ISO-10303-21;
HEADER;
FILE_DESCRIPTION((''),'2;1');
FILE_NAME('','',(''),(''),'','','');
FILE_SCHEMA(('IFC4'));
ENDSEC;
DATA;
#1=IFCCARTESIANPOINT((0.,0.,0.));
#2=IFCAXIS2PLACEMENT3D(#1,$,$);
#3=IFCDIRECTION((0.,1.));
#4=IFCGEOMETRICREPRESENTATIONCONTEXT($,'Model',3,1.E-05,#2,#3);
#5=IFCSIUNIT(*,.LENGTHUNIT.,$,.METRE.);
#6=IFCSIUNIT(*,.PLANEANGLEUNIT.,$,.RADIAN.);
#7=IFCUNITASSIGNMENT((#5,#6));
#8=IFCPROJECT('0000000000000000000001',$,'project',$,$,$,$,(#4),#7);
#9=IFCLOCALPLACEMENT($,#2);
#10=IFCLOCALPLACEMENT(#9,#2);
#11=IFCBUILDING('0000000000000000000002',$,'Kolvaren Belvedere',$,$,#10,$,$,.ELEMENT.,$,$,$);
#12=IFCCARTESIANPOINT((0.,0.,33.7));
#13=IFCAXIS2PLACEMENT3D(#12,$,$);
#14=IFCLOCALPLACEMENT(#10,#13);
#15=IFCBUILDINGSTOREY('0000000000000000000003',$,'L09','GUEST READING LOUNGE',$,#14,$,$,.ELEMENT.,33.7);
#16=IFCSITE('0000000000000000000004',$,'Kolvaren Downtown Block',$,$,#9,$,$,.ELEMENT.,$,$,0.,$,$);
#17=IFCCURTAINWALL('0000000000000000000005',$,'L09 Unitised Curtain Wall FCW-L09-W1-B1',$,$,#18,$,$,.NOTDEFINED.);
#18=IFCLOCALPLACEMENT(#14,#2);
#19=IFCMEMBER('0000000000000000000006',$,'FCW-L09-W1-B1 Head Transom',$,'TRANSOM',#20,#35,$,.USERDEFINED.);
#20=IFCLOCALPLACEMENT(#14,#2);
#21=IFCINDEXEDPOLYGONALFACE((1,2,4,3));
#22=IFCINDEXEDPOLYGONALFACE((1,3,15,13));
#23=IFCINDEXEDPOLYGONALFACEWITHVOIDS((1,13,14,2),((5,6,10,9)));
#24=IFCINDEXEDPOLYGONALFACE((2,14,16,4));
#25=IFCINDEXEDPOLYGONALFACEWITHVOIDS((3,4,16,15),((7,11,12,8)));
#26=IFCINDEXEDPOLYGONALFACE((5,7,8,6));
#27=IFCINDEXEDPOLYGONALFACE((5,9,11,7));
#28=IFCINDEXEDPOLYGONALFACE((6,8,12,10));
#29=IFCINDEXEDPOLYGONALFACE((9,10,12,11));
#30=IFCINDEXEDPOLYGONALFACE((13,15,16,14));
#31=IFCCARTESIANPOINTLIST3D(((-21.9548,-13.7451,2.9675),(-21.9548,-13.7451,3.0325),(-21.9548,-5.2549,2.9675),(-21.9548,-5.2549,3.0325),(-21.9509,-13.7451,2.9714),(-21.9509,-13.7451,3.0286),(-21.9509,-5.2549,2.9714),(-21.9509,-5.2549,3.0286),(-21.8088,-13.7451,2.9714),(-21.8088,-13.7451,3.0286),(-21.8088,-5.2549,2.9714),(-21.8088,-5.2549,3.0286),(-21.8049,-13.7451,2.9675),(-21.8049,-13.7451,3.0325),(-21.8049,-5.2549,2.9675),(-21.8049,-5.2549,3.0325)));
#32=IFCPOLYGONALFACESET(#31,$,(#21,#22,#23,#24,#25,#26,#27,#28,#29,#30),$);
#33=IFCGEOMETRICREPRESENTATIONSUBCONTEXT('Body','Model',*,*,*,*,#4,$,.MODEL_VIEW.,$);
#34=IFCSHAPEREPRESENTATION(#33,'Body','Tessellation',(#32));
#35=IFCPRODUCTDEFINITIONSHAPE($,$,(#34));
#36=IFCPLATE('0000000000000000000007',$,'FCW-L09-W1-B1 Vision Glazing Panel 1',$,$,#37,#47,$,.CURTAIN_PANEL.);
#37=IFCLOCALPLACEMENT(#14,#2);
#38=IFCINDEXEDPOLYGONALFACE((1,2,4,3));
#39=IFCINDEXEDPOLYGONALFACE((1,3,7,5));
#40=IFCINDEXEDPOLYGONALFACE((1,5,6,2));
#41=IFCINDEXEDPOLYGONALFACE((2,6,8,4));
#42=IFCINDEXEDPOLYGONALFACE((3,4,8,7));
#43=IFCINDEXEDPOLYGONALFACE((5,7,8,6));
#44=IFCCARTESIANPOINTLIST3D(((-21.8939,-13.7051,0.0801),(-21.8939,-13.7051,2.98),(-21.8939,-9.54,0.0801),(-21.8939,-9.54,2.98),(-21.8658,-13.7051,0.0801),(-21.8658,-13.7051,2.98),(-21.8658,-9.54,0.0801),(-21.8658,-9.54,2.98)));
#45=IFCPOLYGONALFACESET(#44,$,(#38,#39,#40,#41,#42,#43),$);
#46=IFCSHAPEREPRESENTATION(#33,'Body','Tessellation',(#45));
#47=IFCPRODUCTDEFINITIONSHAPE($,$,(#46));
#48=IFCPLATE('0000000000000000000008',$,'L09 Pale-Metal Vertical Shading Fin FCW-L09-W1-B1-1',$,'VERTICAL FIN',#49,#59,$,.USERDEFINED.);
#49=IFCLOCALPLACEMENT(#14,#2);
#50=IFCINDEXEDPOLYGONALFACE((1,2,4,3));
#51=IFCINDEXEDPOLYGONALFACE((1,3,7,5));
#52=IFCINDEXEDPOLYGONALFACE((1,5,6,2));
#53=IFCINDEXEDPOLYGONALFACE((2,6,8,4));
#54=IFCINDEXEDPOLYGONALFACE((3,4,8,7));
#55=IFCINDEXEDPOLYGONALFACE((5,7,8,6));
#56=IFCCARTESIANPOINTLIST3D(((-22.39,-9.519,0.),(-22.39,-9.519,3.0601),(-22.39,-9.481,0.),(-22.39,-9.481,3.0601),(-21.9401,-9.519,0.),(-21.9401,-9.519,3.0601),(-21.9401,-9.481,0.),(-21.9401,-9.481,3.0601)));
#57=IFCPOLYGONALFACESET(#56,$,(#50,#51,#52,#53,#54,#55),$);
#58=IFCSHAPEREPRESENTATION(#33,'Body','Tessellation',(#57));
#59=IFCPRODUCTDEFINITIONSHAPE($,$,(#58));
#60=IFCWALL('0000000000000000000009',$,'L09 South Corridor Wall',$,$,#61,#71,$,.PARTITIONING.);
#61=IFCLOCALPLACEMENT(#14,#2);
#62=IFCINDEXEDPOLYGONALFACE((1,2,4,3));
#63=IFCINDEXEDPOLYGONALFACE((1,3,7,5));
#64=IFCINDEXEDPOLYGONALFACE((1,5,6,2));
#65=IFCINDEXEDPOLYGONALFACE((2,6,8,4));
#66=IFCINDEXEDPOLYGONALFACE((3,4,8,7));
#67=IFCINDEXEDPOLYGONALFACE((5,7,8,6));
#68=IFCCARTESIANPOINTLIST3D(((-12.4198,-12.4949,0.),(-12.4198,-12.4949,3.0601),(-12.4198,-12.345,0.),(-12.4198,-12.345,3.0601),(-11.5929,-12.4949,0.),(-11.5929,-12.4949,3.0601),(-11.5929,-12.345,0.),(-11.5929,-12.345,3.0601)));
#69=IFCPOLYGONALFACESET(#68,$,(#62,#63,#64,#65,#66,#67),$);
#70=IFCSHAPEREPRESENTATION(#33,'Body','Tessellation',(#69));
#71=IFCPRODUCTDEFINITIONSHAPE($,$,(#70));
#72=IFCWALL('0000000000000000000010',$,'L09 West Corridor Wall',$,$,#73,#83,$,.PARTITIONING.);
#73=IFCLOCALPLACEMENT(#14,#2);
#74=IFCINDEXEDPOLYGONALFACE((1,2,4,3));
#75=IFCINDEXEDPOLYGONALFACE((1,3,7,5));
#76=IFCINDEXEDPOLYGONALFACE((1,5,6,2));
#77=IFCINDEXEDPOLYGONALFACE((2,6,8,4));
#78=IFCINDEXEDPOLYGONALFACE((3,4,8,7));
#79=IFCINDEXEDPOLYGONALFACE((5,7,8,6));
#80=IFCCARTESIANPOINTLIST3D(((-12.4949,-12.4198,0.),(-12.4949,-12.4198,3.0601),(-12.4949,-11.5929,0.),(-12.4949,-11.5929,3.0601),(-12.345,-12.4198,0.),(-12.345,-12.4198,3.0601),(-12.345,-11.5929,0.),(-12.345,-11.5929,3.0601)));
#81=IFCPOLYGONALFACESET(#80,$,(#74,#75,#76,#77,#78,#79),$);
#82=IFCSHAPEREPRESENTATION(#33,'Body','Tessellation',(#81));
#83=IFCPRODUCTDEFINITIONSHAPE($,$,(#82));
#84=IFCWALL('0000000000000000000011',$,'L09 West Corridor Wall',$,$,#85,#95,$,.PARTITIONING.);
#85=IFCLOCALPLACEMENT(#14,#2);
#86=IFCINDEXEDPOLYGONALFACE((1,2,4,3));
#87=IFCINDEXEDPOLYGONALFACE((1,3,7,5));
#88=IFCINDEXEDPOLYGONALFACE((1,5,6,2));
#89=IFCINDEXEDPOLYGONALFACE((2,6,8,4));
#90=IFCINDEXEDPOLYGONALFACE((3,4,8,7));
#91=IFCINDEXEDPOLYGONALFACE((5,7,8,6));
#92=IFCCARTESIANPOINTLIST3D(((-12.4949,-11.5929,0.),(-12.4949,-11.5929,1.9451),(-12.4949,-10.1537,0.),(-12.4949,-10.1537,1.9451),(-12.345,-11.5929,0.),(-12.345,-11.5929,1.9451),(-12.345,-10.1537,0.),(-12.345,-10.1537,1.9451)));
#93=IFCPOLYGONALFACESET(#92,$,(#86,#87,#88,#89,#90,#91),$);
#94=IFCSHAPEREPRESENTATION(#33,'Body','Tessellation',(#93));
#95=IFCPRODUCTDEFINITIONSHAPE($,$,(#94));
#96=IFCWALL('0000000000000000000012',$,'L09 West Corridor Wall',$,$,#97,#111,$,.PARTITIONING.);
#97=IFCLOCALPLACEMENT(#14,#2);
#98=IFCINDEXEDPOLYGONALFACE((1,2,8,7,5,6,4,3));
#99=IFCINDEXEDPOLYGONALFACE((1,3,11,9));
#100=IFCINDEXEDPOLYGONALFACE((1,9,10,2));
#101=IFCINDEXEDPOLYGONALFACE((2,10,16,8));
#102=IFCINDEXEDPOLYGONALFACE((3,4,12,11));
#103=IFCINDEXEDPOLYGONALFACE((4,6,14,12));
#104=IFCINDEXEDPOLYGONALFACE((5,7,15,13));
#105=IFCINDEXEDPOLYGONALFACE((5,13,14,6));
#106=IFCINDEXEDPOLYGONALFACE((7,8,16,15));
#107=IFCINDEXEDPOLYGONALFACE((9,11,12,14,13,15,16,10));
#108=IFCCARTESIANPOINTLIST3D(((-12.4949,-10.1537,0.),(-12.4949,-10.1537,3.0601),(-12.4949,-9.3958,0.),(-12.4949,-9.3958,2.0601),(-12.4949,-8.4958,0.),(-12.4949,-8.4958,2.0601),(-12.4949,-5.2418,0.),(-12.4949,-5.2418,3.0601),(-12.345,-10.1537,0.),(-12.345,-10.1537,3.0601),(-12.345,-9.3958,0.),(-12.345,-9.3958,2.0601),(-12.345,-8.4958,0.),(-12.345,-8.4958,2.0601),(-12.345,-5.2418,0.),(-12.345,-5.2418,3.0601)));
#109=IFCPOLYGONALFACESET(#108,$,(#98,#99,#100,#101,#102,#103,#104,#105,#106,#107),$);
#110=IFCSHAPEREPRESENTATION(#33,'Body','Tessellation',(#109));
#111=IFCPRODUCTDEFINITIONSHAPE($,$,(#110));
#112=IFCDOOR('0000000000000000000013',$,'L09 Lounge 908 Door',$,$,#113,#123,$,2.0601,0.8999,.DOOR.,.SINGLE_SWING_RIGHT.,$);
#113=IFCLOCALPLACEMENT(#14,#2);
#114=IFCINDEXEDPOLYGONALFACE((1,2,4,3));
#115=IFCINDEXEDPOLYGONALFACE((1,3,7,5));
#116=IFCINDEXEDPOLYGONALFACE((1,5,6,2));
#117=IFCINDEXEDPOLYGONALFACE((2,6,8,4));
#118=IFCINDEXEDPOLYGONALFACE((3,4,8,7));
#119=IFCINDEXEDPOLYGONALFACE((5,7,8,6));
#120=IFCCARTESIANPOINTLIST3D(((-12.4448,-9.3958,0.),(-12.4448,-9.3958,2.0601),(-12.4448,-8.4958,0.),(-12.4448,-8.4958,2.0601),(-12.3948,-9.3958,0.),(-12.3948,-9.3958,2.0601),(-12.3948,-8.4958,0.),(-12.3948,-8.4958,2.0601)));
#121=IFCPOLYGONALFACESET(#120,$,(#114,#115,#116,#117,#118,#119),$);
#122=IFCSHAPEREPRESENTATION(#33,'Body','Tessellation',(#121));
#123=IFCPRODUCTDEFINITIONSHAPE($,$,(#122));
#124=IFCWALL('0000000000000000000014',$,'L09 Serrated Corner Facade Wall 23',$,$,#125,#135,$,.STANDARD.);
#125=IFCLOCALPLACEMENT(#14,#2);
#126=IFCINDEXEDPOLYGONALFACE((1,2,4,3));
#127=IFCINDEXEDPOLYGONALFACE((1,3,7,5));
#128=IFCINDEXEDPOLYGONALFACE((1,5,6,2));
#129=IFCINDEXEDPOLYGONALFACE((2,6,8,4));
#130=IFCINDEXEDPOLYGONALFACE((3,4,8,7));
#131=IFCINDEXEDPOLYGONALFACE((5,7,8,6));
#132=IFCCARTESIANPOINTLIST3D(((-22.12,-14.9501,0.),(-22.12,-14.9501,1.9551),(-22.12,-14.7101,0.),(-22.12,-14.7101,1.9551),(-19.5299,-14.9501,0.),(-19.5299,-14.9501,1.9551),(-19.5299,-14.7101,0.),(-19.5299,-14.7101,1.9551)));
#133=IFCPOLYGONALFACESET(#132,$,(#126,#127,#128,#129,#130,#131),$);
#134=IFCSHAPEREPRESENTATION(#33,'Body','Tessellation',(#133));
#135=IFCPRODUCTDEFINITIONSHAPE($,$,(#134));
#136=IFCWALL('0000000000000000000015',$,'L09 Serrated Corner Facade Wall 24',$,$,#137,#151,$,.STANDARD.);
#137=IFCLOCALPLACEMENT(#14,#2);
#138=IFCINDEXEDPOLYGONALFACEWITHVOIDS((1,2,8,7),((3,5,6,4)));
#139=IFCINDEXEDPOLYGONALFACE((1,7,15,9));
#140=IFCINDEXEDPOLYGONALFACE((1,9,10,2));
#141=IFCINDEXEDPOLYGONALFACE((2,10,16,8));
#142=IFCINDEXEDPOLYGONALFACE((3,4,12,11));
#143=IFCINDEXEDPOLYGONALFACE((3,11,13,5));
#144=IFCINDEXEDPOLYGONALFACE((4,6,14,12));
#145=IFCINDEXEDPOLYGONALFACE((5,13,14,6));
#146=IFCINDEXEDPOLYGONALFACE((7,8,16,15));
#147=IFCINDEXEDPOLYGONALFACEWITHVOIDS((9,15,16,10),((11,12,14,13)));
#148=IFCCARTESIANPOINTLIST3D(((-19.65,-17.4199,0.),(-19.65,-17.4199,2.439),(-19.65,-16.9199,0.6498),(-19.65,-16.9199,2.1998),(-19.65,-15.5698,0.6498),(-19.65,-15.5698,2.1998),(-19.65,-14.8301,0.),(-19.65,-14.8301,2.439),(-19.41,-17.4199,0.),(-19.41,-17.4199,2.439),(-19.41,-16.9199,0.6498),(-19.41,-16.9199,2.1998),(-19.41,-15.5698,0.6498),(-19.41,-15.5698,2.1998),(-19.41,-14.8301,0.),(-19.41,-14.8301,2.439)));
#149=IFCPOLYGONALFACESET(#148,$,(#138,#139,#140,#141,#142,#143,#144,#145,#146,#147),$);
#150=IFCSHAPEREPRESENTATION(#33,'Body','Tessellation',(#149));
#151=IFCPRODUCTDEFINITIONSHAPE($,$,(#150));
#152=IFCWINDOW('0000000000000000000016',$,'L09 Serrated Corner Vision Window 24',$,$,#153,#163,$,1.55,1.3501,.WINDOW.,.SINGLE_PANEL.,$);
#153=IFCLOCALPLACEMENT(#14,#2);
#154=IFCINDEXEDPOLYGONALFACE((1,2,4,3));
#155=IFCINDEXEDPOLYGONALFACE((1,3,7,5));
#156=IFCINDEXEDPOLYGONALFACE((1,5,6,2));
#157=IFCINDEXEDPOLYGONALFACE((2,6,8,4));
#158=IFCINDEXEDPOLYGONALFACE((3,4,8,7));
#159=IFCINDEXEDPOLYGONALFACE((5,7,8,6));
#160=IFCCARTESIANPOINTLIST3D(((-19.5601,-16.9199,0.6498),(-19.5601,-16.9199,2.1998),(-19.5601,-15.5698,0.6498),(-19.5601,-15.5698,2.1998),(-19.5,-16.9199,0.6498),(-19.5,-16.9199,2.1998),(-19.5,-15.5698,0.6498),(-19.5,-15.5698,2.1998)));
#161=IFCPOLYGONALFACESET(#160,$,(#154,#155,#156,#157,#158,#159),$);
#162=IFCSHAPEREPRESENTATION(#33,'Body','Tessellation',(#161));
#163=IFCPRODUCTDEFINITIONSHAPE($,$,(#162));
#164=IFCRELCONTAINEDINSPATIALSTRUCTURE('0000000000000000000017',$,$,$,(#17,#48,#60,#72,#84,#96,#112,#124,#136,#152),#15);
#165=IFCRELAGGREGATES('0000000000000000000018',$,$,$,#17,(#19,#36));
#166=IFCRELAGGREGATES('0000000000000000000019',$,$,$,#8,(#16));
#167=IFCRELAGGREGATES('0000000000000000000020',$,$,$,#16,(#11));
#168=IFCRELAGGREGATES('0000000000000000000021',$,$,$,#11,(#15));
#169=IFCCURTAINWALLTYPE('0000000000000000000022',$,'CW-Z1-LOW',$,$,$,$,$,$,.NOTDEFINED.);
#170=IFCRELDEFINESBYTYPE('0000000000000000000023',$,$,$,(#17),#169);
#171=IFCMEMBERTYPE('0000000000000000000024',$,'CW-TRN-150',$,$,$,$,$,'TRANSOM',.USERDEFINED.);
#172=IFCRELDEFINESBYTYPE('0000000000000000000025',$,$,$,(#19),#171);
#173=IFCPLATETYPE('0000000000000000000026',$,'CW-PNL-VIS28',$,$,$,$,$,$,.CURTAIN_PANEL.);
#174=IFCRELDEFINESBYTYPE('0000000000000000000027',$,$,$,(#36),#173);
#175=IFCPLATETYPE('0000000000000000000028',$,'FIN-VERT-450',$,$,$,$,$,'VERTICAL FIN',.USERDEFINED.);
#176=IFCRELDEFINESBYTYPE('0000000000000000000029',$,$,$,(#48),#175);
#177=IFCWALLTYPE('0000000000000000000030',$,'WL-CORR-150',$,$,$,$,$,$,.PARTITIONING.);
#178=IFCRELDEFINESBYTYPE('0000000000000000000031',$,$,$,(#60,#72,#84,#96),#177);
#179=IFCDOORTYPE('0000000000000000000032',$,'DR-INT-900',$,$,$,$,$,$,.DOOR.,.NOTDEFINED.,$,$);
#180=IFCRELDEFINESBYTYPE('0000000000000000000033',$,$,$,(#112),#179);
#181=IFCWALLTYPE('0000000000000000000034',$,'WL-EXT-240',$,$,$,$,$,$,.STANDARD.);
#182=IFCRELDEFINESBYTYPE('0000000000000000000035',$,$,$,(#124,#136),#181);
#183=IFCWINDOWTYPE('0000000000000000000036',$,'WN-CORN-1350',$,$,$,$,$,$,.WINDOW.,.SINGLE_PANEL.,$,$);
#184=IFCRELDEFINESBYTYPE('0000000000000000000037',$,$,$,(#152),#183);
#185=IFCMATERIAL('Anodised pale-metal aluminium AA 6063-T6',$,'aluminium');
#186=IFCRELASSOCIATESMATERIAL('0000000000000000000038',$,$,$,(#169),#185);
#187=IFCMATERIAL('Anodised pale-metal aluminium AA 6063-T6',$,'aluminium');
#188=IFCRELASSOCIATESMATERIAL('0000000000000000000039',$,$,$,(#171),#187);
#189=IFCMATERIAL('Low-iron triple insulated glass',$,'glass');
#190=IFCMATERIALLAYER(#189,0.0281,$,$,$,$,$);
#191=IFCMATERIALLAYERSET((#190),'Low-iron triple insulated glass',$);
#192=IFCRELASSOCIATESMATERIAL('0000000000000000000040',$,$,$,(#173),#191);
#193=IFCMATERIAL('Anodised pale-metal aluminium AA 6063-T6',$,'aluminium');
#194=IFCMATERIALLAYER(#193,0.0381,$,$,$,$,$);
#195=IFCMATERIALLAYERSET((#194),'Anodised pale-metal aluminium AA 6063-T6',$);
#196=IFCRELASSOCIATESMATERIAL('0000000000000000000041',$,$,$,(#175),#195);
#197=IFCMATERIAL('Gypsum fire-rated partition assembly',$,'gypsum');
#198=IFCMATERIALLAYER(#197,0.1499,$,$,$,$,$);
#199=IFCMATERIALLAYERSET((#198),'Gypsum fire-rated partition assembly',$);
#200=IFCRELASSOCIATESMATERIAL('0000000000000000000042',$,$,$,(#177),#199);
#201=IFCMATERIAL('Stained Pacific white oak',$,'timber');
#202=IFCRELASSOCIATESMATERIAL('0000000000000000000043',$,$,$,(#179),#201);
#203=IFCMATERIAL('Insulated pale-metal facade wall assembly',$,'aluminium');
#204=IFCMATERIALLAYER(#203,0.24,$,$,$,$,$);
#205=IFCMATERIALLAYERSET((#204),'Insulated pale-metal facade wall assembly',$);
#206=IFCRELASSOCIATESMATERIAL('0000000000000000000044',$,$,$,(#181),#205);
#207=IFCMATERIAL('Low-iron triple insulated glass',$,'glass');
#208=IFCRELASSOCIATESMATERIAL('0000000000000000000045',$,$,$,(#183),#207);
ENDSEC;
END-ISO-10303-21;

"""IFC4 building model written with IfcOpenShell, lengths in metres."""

from ifc_helpers import new_model, si_unit, direction, frame, frame_2d, origin, origin_2d, place, context, subcontext, project, spatial, rectangle, hollow_rectangle, extrude, material, layer, layer_set, material_profile, profile_set, type_object, element, fill, aggregate, save


model = new_model("IFC4")

# Units and contexts
model_context = context("Model", 3, precision=1e-05, world=origin(), true_north=direction((0.0, 1.0)))
body_context = subcontext(model_context, "Body", "Model", "MODEL_VIEW")
ifc_project = project(units=[si_unit("LENGTHUNIT", "METRE"), si_unit("PLANEANGLEUNIT", "RADIAN")], contexts=[model_context])

# Site, building, storey
site_placement = place(None, origin())
site = spatial("IfcSite", under=ifc_project, at=site_placement, Name="Kolvaren Downtown Block", CompositionType="ELEMENT", RefElevation=0.0)
building_placement = place(site_placement, origin())
building = spatial("IfcBuilding", under=site, at=building_placement, Name="Kolvaren Belvedere", CompositionType="ELEMENT")
storey_placement = place(building_placement, frame((0.0, 0.0, 33.7)))
storey = spatial("IfcBuildingStorey", under=building, at=storey_placement, Name="L09", Description="GUEST READING LOUNGE", CompositionType="ELEMENT", Elevation=33.7)

# Shared definitions
ifc_material_1 = material(Name="Anodised pale-metal aluminium AA 6063-T6", Category="aluminium")
curtain_wall_type = type_object("IfcCurtainWallType", Name="CW-Z1-LOW", PredefinedType="NOTDEFINED", material=ifc_material_1)

# Curtain wall, member, plate
curtain_wall_1_placement = place(storey_placement, origin())
curtain_wall_1 = element("IfcCurtainWall", 1, at=curtain_wall_1_placement, inside=storey, type_object=curtain_wall_type, Name="L09 Unitised Curtain Wall FCW-L09-W1-B1", PredefinedType="NOTDEFINED")
ifc_material_2 = material(Name="Anodised pale-metal aluminium AA 6063-T6", Category="aluminium")
ifc_material_profile_1 = material_profile(ifc_material_2, hollow_rectangle(XDim=0.0649, YDim=0.1499, WallThickness=0.0039, at=origin_2d()), Name="ALU-TRN-150X65")
ifc_profile_set_1 = profile_set([ifc_material_profile_1], Name="Anodised pale-metal aluminium AA 6063-T6")
member_type_1 = type_object("IfcMemberType", Name="CW-TRN-150", ElementType="TRANSOM", PredefinedType="USERDEFINED", material=ifc_profile_set_1)
member_1_placement = place(storey_placement, frame((-21.8799, -13.7451, 3.0), z_axis=(0.0, 1.0, 0.0), x_axis=(0.0, 0.0, 1.0)))
member_1 = element("IfcMember", 2, at=member_1_placement, type_object=member_type_1, Name="FCW-L09-W1-B1 Head Transom", ObjectType="TRANSOM", PredefinedType="USERDEFINED", context=body_context, shape_type="SweptSolid", body=[
    extrude(hollow_rectangle(XDim=0.0649, YDim=0.1499, WallThickness=0.0039, at=origin_2d()), origin(), (0.0, 0.0, 1.0), 8.4902),
])
ifc_material_3 = material(Name="Low-iron triple insulated glass", Category="glass")
ifc_layer_1 = layer(ifc_material_3, 0.0281)
ifc_layer_set_1 = layer_set([ifc_layer_1], Name="Low-iron triple insulated glass")
plate_type_1 = type_object("IfcPlateType", Name="CW-PNL-VIS28", PredefinedType="CURTAIN_PANEL", material=ifc_layer_set_1)
plate_1_placement = place(storey_placement, frame((-21.8799, -11.6226, 0.0801), z_axis=(0.0, 0.0, 1.0), x_axis=(0.0, 1.0, 0.0)))
plate_1 = element("IfcPlate", 3, at=plate_1_placement, type_object=plate_type_1, Name="FCW-L09-W1-B1 Vision Glazing Panel 1", PredefinedType="CURTAIN_PANEL", context=body_context, shape_type="SweptSolid", body=[
    extrude(rectangle(XDim=4.165, YDim=0.0281, at=origin_2d()), origin(), (0.0, 0.0, 1.0), 2.8999),
])
aggregate(curtain_wall_1, [member_1, plate_1])

# Plate
ifc_material_4 = material(Name="Anodised pale-metal aluminium AA 6063-T6", Category="aluminium")
ifc_layer_2 = layer(ifc_material_4, 0.0381)
ifc_layer_set_2 = layer_set([ifc_layer_2], Name="Anodised pale-metal aluminium AA 6063-T6")
plate_type_2 = type_object("IfcPlateType", Name="FIN-VERT-450", ElementType="VERTICAL FIN", PredefinedType="USERDEFINED", material=ifc_layer_set_2)
plate_2_placement = place(storey_placement, frame((-22.165, -9.5, 0.0), z_axis=(0.0, 0.0, 1.0), x_axis=(1.0, 0.0, 0.0)))
element("IfcPlate", 4, at=plate_2_placement, inside=storey, type_object=plate_type_2, Name="L09 Pale-Metal Vertical Shading Fin FCW-L09-W1-B1-1", ObjectType="VERTICAL FIN", PredefinedType="USERDEFINED", context=body_context, shape_type="SweptSolid", body=[
    extrude(rectangle(XDim=0.45, YDim=0.0381, at=origin_2d()), origin(), (0.0, 0.0, 1.0), 3.0601),
])

# Walls
ifc_material_5 = material(Name="Gypsum fire-rated partition assembly", Category="gypsum")
ifc_layer_3 = layer(ifc_material_5, 0.1499)
ifc_layer_set_3 = layer_set([ifc_layer_3], Name="Gypsum fire-rated partition assembly")
wall_type_1 = type_object("IfcWallType", Name="WL-CORR-150", PredefinedType="PARTITIONING", material=ifc_layer_set_3)
for number, where, z_axis, x_axis, name in (
    (5, (-12.4199, -12.4199, 0.0), (0.0, 0.0, 1.0), (1.0, 0.0, 0.0), "L09 South Corridor Wall"),
    (6, (-12.4199, -12.4199, 0.0), (0.0, 0.0, 1.0), (0.0, 1.0, 0.0), "L09 West Corridor Wall"),
):
    element("IfcWall", number, at=place(storey_placement, frame(where, z_axis=z_axis, x_axis=x_axis)), inside=storey, type_object=wall_type_1, Name=name, PredefinedType="PARTITIONING", context=body_context, shape_type="SweptSolid", body=[
        extrude(rectangle(XDim=0.8269, YDim=0.1499, at=frame_2d((0.4136, 0.0))), origin(), (0.0, 0.0, 1.0), 3.0601),
    ])
wall_1_placement = place(storey_placement, frame((-12.4199, -11.593, 0.0), z_axis=(0.0, 0.0, 1.0), x_axis=(0.0, 1.0, 0.0)))
element("IfcWall", 7, at=wall_1_placement, inside=storey, type_object=wall_type_1, Name="L09 West Corridor Wall", PredefinedType="PARTITIONING", context=body_context, shape_type="SweptSolid", body=[
    extrude(rectangle(XDim=1.4392, YDim=0.1499, at=frame_2d((0.7197, 0.0))), origin(), (0.0, 0.0, 1.0), 1.9451),
])

# Wall, opening, door
wall_2_placement = place(storey_placement, frame((-12.4199, -10.1538, 0.0), z_axis=(0.0, 0.0, 1.0), x_axis=(0.0, 1.0, 0.0)))
wall_2 = element("IfcWall", 8, at=wall_2_placement, inside=storey, type_object=wall_type_1, Name="L09 West Corridor Wall", PredefinedType="PARTITIONING", context=body_context, shape_type="SweptSolid", body=[
    extrude(rectangle(XDim=4.9119, YDim=0.1499, at=frame_2d((2.4561, 0.0))), origin(), (0.0, 0.0, 1.0), 3.0601),
])
opening_1_placement = place(wall_2_placement, frame((0.7581, 0.0, 0.0)))
opening_1 = element("IfcOpeningElement", 9, at=opening_1_placement, cuts=wall_2, PredefinedType="OPENING", context=body_context, shape_type="SweptSolid", body=[
    extrude(rectangle(XDim=0.8999, YDim=2.0601, at=frame_2d((0.45, 1.03))), frame((0.0, 0.085, 0.0), z_axis=(0.0, -1.0, 0.0), x_axis=(1.0, 0.0, 0.0)), (0.0, 0.0, 1.0), 0.1699),
])
ifc_material_6 = material(Name="Stained Pacific white oak", Category="timber")
door_type = type_object("IfcDoorType", Name="DR-INT-900", OperationType="NOTDEFINED", PredefinedType="DOOR", material=ifc_material_6)
door_placement = place(opening_1_placement, origin())
door = element("IfcDoor", 10, at=door_placement, inside=storey, type_object=door_type, Name="L09 Lounge 908 Door", OperationType="SINGLE_SWING_RIGHT", OverallHeight=2.0601, OverallWidth=0.8999, PredefinedType="DOOR", context=body_context, shape_type="SweptSolid", body=[
    extrude(rectangle(XDim=0.8999, YDim=2.0601, at=frame_2d((0.45, 1.03))), frame((0.0, 0.0249, 0.0), z_axis=(0.0, -1.0, 0.0), x_axis=(1.0, 0.0, 0.0)), (0.0, 0.0, 1.0), 0.05),
])
fill(opening_1, door)

# Wall
ifc_material_7 = material(Name="Insulated pale-metal facade wall assembly", Category="aluminium")
ifc_layer_4 = layer(ifc_material_7, 0.24)
ifc_layer_set_4 = layer_set([ifc_layer_4], Name="Insulated pale-metal facade wall assembly")
wall_type_2 = type_object("IfcWallType", Name="WL-EXT-240", PredefinedType="STANDARD", material=ifc_layer_set_4)
wall_3_placement = place(storey_placement, frame((-19.53, -14.8301, 0.0), z_axis=(0.0, 0.0, 1.0), x_axis=(-1.0, 0.0, 0.0)))
element("IfcWall", 11, at=wall_3_placement, inside=storey, type_object=wall_type_2, Name="L09 Serrated Corner Facade Wall 23", PredefinedType="STANDARD", context=body_context, shape_type="SweptSolid", body=[
    extrude(rectangle(XDim=2.5901, YDim=0.24, at=frame_2d((1.2949, 0.0))), origin(), (0.0, 0.0, 1.0), 1.9551),
])

# Wall, opening, window
wall_4_placement = place(storey_placement, frame((-19.53, -17.4199, 0.0), z_axis=(0.0, 0.0, 1.0), x_axis=(0.0, 1.0, 0.0)))
wall_4 = element("IfcWall", 12, at=wall_4_placement, inside=storey, type_object=wall_type_2, Name="L09 Serrated Corner Facade Wall 24", PredefinedType="STANDARD", context=body_context, shape_type="SweptSolid", body=[
    extrude(rectangle(XDim=2.5898, YDim=0.24, at=frame_2d((1.2949, 0.0))), origin(), (0.0, 0.0, 1.0), 2.439),
])
opening_2_placement = place(wall_4_placement, frame((0.5, 0.0, 0.6499)))
opening_2 = element("IfcOpeningElement", 13, at=opening_2_placement, cuts=wall_4, PredefinedType="OPENING", context=body_context, shape_type="SweptSolid", body=[
    extrude(rectangle(XDim=1.3501, YDim=1.55, at=frame_2d((0.675, 0.7749))), frame((0.0, 0.1299, 0.0), z_axis=(0.0, -1.0, 0.0), x_axis=(1.0, 0.0, 0.0)), (0.0, 0.0, 1.0), 0.26),
])
ifc_material_8 = material(Name="Low-iron triple insulated glass", Category="glass")
window_type = type_object("IfcWindowType", Name="WN-CORN-1350", PartitioningType="SINGLE_PANEL", PredefinedType="WINDOW", material=ifc_material_8)
window_1_placement = place(opening_2_placement, origin())
window_1 = element("IfcWindow", 14, at=window_1_placement, inside=storey, type_object=window_type, Name="L09 Serrated Corner Vision Window 24", OverallHeight=1.55, OverallWidth=1.3501, PartitioningType="SINGLE_PANEL", PredefinedType="WINDOW", context=body_context, shape_type="SweptSolid", body=[
    extrude(rectangle(XDim=1.3501, YDim=1.55, at=frame_2d((0.675, 0.7749))), frame((0.0, 0.03, 0.0), z_axis=(0.0, -1.0, 0.0), x_axis=(1.0, 0.0, 0.0)), (0.0, 0.0, 1.0), 0.0601),
])
fill(opening_2, window_1)

save(model, "model.ifc")
